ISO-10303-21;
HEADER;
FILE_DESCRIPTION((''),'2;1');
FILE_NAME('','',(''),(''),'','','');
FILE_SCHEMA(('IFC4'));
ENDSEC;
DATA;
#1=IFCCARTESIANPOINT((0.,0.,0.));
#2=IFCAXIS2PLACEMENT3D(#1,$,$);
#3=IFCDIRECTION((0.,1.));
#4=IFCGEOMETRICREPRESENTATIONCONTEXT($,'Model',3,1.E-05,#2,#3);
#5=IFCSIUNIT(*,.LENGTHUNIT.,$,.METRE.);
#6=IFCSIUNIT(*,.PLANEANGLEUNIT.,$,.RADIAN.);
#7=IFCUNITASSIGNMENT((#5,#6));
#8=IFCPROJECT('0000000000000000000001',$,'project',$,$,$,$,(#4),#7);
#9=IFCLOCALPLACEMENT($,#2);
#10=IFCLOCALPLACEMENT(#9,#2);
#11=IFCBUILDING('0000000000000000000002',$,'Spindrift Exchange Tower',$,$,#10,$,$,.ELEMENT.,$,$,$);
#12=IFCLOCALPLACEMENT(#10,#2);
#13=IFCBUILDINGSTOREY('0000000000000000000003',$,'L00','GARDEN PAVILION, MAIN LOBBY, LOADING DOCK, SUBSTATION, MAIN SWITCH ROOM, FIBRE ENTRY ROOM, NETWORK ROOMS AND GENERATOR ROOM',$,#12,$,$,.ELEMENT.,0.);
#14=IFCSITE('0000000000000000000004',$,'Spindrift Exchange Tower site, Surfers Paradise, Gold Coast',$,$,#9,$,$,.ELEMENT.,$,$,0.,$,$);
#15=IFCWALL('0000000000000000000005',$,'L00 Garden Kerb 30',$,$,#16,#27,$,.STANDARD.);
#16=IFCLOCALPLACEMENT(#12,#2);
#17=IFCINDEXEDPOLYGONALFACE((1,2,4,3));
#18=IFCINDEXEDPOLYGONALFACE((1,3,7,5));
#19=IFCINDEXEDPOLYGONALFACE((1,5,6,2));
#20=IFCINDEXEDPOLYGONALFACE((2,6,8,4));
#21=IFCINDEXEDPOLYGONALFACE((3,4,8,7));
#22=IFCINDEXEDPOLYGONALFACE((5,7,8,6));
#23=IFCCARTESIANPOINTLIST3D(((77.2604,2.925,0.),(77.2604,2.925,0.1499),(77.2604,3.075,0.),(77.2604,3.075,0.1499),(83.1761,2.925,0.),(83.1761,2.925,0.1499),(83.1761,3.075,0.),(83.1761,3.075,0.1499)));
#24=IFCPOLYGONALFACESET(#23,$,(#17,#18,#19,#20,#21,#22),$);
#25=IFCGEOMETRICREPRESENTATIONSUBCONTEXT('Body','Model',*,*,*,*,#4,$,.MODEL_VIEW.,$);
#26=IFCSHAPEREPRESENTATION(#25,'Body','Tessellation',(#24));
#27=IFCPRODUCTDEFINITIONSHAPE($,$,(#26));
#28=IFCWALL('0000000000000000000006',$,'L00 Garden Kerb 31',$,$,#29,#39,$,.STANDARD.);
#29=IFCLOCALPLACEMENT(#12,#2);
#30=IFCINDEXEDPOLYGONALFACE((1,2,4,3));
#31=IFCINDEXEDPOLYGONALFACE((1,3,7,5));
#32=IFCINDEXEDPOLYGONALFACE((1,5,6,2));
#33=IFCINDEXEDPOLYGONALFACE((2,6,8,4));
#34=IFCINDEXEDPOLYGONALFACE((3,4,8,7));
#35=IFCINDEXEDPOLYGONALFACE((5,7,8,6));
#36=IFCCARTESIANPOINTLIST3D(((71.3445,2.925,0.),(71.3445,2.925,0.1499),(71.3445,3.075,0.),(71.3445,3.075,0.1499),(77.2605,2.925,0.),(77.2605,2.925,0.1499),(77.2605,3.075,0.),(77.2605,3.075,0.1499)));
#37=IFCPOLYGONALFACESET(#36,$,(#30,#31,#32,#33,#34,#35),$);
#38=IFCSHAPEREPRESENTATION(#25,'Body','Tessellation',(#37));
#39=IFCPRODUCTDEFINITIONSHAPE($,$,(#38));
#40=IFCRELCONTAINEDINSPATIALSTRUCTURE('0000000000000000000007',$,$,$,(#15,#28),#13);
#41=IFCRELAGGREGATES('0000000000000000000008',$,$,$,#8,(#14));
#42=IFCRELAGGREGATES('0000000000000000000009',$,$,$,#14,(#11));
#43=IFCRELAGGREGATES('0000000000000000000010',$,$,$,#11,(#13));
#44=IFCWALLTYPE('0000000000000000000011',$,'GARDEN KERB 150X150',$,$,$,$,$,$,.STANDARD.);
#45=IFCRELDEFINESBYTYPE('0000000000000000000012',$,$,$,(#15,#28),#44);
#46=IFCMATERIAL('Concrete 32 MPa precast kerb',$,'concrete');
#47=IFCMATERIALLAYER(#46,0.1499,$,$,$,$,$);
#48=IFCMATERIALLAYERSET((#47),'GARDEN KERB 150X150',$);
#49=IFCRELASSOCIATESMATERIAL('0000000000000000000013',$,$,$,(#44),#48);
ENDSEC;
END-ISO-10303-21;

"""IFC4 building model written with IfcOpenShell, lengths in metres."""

from ifc_helpers import new_model, si_unit, direction, frame, frame_2d, origin, place, context, subcontext, project, spatial, rectangle, extrude, material, layer, layer_set, type_object, element, save


model = new_model("IFC4")

# Units and contexts
model_context = context("Model", 3, precision=1e-05, world=origin(), true_north=direction((0.0, 1.0)))
body_context = subcontext(model_context, "Body", "Model", "MODEL_VIEW")
ifc_project = project(units=[si_unit("LENGTHUNIT", "METRE"), si_unit("PLANEANGLEUNIT", "RADIAN")], contexts=[model_context])

# Site, building, storey
site_placement = place(None, origin())
site = spatial("IfcSite", under=ifc_project, at=site_placement, Name="Spindrift Exchange Tower site, Surfers Paradise, Gold Coast", CompositionType="ELEMENT", RefElevation=0.0)
building_placement = place(site_placement, origin())
building = spatial("IfcBuilding", under=site, at=building_placement, Name="Spindrift Exchange Tower", CompositionType="ELEMENT")
storey_placement = place(building_placement, origin())
storey = spatial("IfcBuildingStorey", under=building, at=storey_placement, Name="L00", Description="GARDEN PAVILION, MAIN LOBBY, LOADING DOCK, SUBSTATION, MAIN SWITCH ROOM, FIBRE ENTRY ROOM, NETWORK ROOMS AND GENERATOR ROOM", CompositionType="ELEMENT", Elevation=0.0)

# Walls
ifc_material_1 = material(Name="Concrete 32 MPa precast kerb", Category="concrete")
ifc_layer_1 = layer(ifc_material_1, 0.1499)
ifc_layer_set_1 = layer_set([ifc_layer_1], Name="GARDEN KERB 150X150")
wall_type = type_object("IfcWallType", Name="GARDEN KERB 150X150", PredefinedType="STANDARD", material=ifc_layer_set_1)
wall_1_placement = place(storey_placement, frame((83.1763, 3.0, 0.0), z_axis=(0.0, 0.0, 1.0), x_axis=(-1.0, 0.0, 0.0)))
element("IfcWall", 1, at=wall_1_placement, inside=storey, type_object=wall_type, Name="L00 Garden Kerb 30", PredefinedType="STANDARD", context=body_context, shape_type="SweptSolid", body=[
    extrude(rectangle(XDim=5.9158, YDim=0.1499, at=frame_2d((2.958, 0.0))), origin(), (0.0, 0.0, 1.0), 0.1499),
])
wall_2_placement = place(storey_placement, frame((77.2605, 3.0, 0.0), z_axis=(0.0, 0.0, 1.0), x_axis=(-1.0, 0.0, 0.0)))
element("IfcWall", 2, at=wall_2_placement, inside=storey, type_object=wall_type, Name="L00 Garden Kerb 31", PredefinedType="STANDARD", context=body_context, shape_type="SweptSolid", body=[
    extrude(rectangle(XDim=5.916, YDim=0.1499, at=frame_2d((2.958, 0.0))), origin(), (0.0, 0.0, 1.0), 0.1499),
])

save(model, "model.ifc")
